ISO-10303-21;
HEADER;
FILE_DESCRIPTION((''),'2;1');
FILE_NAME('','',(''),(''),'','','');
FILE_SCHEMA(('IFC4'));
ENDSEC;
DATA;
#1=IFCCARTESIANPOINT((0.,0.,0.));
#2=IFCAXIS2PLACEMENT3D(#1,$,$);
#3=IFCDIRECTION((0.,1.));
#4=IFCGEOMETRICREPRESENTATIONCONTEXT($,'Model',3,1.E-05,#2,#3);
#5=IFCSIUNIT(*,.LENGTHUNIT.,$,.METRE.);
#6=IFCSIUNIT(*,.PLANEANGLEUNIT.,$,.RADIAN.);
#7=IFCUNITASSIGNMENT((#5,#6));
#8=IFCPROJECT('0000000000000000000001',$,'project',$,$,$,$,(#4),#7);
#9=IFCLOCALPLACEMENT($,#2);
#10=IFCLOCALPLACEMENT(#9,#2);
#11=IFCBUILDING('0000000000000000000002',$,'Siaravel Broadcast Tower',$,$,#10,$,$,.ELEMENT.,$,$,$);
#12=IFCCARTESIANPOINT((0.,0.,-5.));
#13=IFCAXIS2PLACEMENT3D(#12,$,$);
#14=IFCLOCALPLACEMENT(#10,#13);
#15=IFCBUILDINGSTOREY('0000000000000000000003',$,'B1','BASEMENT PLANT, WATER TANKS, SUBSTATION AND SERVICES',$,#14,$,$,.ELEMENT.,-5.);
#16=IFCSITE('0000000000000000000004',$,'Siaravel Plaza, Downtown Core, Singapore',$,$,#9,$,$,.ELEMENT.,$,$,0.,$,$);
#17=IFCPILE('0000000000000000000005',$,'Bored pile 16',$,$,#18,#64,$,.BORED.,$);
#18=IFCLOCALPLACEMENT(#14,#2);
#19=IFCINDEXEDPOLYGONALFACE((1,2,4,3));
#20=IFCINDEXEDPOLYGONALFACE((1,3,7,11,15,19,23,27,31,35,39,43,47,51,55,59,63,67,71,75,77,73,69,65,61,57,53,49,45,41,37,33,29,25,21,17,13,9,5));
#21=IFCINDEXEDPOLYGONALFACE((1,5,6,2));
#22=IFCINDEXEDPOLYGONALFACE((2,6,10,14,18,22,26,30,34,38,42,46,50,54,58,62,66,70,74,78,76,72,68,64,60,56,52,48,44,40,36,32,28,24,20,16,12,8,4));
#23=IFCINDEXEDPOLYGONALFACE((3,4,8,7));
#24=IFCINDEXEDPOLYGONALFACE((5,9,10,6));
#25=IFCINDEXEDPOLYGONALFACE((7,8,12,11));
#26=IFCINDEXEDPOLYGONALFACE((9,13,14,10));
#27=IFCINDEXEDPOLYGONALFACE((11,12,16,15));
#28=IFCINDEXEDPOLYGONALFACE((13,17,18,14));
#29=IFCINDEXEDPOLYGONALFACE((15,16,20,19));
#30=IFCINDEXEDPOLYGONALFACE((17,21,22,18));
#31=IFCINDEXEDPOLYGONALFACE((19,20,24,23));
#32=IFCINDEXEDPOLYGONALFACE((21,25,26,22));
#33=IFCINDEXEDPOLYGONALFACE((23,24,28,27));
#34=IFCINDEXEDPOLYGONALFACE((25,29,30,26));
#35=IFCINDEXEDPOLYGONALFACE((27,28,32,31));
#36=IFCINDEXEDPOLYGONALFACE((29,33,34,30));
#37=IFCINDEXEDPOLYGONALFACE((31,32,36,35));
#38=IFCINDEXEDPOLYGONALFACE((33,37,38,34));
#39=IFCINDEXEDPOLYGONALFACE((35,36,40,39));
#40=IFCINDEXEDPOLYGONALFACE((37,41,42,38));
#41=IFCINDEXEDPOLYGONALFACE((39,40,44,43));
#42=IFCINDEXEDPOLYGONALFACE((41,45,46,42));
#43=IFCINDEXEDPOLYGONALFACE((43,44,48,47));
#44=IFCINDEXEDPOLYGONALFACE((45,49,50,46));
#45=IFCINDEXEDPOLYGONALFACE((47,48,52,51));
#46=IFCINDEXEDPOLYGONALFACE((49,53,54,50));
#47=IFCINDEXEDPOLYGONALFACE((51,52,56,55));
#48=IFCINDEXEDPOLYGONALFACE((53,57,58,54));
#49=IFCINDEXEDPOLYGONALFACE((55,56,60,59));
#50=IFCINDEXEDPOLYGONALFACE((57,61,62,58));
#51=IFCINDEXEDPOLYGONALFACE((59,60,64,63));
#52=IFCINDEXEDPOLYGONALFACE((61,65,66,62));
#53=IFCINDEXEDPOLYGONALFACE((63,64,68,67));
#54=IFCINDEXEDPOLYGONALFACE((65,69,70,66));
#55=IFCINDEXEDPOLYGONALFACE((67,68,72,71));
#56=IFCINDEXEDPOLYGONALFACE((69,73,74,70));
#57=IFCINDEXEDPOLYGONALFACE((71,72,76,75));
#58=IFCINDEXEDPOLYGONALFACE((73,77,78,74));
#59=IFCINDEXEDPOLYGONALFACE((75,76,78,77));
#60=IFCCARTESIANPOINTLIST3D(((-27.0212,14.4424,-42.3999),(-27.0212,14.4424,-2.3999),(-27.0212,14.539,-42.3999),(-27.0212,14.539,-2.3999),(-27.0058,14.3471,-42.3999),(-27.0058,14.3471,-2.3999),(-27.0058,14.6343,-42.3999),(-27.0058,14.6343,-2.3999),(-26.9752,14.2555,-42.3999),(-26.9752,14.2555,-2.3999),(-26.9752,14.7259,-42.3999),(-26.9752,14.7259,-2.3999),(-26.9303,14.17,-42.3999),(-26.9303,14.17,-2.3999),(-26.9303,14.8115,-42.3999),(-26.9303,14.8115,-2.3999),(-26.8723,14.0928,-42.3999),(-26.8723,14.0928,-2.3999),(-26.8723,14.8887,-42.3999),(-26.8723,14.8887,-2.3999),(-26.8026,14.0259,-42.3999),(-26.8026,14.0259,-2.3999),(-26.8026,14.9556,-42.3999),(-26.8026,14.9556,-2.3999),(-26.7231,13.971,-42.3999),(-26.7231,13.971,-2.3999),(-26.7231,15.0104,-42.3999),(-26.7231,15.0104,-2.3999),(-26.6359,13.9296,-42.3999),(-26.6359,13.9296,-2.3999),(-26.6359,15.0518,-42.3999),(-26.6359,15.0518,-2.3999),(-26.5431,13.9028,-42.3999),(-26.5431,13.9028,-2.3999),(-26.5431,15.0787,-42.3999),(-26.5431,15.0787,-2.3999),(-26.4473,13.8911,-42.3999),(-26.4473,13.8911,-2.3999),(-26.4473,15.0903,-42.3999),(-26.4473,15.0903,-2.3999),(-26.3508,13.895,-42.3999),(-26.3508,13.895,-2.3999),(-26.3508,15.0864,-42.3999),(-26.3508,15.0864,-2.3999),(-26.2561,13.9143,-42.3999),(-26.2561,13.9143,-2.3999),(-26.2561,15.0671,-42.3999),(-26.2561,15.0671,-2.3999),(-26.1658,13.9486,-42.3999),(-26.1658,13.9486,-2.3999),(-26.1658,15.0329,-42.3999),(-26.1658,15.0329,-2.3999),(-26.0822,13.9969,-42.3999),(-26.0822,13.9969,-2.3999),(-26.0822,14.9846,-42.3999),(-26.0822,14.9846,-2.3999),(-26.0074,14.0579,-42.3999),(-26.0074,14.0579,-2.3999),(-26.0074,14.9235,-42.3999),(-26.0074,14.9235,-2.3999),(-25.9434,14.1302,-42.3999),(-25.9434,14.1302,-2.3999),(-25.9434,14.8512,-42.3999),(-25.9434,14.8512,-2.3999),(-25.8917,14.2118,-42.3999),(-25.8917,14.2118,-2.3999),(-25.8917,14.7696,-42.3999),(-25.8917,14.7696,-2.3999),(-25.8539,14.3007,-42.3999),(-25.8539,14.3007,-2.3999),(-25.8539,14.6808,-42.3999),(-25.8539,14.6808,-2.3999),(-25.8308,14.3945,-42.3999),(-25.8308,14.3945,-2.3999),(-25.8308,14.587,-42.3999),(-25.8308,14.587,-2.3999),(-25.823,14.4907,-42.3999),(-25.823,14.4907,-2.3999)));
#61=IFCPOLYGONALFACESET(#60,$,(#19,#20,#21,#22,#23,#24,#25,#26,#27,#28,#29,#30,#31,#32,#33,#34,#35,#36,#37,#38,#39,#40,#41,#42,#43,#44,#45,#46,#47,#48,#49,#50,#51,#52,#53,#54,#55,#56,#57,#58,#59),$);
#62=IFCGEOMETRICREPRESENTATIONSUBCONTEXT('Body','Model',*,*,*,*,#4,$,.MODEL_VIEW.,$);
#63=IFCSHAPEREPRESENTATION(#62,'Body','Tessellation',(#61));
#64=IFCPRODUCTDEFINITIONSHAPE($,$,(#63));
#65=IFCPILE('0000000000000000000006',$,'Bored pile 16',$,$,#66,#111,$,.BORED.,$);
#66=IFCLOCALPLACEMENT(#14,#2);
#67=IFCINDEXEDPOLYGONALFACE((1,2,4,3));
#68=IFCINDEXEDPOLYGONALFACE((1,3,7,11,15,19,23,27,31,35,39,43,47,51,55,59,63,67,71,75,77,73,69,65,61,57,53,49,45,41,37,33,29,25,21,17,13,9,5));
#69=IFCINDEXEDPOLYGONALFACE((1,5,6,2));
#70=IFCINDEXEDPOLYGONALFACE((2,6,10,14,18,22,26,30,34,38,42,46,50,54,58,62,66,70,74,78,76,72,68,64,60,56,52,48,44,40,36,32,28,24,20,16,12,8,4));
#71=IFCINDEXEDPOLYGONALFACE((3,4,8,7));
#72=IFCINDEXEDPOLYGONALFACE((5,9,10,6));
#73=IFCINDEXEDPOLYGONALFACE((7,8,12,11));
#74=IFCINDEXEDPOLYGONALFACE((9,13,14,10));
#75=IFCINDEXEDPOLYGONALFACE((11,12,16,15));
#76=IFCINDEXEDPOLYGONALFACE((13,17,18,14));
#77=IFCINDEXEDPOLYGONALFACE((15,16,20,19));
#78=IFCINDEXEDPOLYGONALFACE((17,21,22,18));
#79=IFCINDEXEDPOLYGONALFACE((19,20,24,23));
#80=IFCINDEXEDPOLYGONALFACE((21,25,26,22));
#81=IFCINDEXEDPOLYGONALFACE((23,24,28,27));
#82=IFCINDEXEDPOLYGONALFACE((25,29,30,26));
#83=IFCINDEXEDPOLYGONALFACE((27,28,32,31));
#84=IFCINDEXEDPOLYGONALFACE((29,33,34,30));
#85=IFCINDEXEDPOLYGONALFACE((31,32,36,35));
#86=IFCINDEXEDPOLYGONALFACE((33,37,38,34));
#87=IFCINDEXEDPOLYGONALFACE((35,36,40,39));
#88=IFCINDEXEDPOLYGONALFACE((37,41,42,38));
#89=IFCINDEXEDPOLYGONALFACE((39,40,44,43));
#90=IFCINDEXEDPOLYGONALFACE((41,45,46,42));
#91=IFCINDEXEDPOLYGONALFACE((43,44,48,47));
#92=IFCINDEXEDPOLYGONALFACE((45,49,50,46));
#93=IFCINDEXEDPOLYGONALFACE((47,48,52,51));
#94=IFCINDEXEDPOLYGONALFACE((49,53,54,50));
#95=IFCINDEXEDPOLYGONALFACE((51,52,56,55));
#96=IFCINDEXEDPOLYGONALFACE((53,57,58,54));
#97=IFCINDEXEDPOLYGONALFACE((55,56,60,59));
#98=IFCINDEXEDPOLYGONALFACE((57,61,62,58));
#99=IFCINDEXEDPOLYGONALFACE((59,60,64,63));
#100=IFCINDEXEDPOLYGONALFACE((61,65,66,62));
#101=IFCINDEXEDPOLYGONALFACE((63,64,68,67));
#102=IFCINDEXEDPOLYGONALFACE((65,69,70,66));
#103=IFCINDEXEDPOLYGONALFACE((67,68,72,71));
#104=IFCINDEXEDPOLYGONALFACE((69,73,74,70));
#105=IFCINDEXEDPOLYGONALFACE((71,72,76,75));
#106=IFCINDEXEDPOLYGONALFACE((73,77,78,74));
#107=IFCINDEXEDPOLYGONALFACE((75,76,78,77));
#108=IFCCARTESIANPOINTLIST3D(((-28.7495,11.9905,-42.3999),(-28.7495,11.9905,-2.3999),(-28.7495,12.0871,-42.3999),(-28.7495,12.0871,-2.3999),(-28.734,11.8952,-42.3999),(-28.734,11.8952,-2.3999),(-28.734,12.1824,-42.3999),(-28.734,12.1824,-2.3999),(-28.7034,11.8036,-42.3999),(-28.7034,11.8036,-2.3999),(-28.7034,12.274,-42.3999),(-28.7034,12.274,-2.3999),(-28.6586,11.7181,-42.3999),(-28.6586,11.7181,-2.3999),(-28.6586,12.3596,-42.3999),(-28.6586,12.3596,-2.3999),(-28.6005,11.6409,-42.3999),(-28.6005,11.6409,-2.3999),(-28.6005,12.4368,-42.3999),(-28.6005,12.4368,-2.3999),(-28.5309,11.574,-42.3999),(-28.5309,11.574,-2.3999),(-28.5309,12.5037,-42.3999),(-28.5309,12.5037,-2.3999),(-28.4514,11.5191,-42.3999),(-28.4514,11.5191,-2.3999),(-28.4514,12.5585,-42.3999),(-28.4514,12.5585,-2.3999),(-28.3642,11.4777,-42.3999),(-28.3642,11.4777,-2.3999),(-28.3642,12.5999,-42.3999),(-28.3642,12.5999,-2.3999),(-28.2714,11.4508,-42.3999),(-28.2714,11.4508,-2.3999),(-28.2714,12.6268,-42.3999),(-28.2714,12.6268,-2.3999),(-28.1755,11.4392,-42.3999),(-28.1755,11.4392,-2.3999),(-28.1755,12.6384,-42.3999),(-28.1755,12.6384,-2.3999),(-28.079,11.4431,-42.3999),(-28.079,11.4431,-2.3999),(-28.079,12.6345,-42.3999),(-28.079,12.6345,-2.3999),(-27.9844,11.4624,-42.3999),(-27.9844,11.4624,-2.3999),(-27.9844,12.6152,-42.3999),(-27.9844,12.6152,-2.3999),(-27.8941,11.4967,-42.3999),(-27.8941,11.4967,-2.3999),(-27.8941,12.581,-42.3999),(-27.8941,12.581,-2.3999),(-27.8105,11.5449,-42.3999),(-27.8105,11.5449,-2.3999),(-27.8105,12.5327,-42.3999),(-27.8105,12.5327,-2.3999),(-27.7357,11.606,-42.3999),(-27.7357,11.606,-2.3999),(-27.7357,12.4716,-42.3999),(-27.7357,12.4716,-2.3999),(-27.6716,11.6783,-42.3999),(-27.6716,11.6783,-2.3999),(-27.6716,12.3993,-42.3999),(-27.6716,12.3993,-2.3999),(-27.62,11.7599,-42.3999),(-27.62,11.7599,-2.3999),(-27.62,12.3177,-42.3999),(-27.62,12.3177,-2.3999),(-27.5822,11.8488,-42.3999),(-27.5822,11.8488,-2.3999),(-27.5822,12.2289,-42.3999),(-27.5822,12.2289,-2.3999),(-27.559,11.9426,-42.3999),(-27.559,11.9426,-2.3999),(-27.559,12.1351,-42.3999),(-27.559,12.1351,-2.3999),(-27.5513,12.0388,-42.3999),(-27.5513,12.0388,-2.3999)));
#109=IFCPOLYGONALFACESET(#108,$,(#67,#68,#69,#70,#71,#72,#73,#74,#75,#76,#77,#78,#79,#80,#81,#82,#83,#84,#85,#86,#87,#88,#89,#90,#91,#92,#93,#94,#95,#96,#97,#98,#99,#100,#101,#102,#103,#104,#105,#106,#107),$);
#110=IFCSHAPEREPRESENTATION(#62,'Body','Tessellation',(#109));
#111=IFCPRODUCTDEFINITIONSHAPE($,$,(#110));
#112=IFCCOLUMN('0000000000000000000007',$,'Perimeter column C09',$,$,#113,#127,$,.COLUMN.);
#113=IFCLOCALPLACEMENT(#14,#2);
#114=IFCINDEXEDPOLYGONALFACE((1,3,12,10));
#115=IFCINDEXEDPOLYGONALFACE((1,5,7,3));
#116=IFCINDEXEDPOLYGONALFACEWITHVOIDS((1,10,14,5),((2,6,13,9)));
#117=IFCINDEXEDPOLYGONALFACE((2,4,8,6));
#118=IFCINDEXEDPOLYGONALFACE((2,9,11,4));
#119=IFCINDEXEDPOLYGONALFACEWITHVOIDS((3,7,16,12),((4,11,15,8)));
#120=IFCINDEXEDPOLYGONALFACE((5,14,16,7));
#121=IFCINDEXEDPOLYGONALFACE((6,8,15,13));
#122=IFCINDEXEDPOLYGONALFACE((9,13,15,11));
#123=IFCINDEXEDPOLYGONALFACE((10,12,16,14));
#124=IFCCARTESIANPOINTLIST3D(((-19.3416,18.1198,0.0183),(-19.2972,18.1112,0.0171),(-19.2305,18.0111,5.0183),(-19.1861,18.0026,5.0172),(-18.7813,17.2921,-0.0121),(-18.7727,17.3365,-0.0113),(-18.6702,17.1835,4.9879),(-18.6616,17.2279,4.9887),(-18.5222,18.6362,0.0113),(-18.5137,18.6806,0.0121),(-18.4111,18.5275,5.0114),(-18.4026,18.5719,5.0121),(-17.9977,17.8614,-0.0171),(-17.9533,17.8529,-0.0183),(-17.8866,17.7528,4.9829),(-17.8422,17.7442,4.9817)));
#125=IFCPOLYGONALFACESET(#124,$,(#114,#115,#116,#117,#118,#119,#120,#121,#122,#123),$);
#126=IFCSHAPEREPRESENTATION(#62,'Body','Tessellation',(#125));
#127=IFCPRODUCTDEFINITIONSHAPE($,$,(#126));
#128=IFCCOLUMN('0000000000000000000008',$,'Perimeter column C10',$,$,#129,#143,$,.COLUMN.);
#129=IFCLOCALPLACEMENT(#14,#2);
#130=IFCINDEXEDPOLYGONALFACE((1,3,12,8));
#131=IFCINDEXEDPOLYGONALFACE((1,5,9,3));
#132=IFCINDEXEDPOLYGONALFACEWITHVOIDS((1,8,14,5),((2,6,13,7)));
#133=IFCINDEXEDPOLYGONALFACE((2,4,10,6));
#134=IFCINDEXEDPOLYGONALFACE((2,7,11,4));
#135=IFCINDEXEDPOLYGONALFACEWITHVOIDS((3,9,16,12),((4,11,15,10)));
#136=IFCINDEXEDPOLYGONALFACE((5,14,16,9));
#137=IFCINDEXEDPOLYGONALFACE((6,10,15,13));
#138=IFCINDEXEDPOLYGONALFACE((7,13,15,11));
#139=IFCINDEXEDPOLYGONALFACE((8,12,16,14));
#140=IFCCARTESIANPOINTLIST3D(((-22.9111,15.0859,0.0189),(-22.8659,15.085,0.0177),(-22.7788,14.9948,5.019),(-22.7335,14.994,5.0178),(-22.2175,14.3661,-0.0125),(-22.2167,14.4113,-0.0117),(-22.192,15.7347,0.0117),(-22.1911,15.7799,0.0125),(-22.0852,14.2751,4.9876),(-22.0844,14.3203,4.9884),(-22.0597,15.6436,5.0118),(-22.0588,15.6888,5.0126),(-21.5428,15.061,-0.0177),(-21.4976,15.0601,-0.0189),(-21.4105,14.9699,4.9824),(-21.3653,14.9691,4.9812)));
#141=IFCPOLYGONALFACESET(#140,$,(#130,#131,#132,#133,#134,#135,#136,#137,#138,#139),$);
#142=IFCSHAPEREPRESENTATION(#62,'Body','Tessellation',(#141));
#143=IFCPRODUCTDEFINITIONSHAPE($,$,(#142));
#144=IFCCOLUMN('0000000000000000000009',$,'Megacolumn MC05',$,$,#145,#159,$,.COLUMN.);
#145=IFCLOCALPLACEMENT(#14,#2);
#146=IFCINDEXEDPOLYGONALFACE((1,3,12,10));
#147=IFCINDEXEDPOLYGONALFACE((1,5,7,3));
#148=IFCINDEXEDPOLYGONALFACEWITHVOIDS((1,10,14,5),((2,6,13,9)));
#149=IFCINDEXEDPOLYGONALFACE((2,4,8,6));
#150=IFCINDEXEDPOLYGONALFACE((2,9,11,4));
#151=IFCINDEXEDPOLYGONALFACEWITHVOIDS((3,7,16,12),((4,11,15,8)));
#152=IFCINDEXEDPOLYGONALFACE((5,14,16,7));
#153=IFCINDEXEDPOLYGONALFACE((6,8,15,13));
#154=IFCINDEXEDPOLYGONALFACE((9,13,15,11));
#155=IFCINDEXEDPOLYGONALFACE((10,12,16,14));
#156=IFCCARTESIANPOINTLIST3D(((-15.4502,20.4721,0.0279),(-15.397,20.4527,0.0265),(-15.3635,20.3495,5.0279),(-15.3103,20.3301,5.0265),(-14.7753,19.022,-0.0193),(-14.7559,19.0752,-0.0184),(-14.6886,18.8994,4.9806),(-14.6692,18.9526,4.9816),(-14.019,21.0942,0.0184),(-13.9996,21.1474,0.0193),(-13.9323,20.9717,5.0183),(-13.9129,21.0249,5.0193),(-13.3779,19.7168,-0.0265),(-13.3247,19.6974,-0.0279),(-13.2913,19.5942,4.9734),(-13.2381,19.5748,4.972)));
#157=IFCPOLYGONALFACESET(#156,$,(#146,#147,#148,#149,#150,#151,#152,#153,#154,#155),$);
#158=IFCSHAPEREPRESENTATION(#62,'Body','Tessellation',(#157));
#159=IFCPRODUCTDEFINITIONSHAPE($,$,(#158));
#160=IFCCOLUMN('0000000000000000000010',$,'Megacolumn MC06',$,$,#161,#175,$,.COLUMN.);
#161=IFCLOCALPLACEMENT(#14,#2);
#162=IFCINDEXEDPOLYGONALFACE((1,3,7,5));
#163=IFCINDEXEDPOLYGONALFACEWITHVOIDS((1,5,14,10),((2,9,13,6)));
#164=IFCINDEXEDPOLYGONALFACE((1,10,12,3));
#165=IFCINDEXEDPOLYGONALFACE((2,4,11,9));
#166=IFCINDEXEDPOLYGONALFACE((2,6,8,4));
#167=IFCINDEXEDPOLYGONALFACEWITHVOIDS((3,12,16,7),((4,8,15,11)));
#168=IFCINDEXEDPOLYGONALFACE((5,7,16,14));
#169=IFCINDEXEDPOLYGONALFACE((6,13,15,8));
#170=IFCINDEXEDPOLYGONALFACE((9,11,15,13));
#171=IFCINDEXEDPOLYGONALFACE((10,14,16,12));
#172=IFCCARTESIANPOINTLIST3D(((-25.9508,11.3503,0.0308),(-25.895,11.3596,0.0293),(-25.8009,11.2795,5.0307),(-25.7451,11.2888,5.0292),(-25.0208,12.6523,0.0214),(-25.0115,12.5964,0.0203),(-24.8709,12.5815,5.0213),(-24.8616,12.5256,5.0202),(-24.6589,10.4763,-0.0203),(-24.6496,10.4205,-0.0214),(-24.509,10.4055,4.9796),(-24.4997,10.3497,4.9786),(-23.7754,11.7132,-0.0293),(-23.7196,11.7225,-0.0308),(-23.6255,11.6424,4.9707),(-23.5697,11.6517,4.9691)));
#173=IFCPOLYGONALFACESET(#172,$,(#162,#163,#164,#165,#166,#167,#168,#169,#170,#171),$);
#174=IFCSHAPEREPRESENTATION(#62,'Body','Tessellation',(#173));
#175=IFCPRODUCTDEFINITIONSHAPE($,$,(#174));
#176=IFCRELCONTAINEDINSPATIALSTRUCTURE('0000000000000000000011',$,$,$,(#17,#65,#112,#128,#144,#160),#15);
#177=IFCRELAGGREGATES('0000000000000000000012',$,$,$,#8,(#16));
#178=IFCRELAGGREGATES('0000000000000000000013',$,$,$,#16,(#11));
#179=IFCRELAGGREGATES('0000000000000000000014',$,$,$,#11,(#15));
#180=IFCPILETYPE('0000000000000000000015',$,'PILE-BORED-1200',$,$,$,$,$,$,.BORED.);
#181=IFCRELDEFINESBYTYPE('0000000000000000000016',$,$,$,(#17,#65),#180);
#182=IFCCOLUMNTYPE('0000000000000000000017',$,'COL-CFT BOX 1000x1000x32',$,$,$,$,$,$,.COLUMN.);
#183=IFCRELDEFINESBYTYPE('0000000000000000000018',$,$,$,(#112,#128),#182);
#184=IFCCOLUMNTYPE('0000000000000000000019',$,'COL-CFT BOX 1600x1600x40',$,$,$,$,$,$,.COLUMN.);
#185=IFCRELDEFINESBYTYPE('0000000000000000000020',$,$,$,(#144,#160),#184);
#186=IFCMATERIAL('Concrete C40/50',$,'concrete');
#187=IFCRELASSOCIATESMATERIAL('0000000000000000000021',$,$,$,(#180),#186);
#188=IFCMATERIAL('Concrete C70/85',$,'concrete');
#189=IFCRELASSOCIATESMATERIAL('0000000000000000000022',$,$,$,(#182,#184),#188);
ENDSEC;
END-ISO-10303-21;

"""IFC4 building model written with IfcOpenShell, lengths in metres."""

from ifc_helpers import new_model, si_unit, direction, frame, origin, origin_2d, place, context, subcontext, project, spatial, hollow_rectangle, circle, extrude, material, material_profile, profile_set, type_object, element, save


model = new_model("IFC4")

# Units and contexts
model_context = context("Model", 3, precision=1e-05, world=origin(), true_north=direction((0.0, 1.0)))
body_context = subcontext(model_context, "Body", "Model", "MODEL_VIEW")
ifc_project = project(units=[si_unit("LENGTHUNIT", "METRE"), si_unit("PLANEANGLEUNIT", "RADIAN")], contexts=[model_context])

# Site, building, storey
site_placement = place(None, origin())
site = spatial("IfcSite", under=ifc_project, at=site_placement, Name="Siaravel Plaza, Downtown Core, Singapore", CompositionType="ELEMENT", RefElevation=0.0)
building_placement = place(site_placement, origin())
building = spatial("IfcBuilding", under=site, at=building_placement, Name="Siaravel Broadcast Tower", CompositionType="ELEMENT")
storey_placement = place(building_placement, frame((0.0, 0.0, -5.0)))
storey = spatial("IfcBuildingStorey", under=building, at=storey_placement, Name="B1", Description="BASEMENT PLANT, WATER TANKS, SUBSTATION AND SERVICES", CompositionType="ELEMENT", Elevation=-5.0)

# Shared definitions
ifc_material_1 = material(Name="Concrete C40/50", Category="concrete")

# Piles
ifc_material_profile_1 = material_profile(ifc_material_1, circle(Radius=0.6001, at=origin_2d()))
ifc_profile_set_1 = profile_set([ifc_material_profile_1], Name="Concrete C40/50")
pile_type = type_object("IfcPileType", Name="PILE-BORED-1200", PredefinedType="BORED", material=ifc_profile_set_1)
for number, where, z_axis, x_axis, name in (
    (1, (-26.4231, 14.4907, -2.3999), (0.0, 0.0, -1.0), (1.0, 0.0, 0.0), "Bored pile 16"),
    (2, (-28.1514, 12.0388, -2.3999), (0.0, 0.0, -1.0), (1.0, 0.0, 0.0), "Bored pile 16"),
):
    element("IfcPile", number, at=place(storey_placement, frame(where, z_axis=z_axis, x_axis=x_axis)), inside=storey, type_object=pile_type, Name=name, PredefinedType="BORED", context=body_context, shape_type="SweptSolid", body=[
        extrude(circle(Radius=0.6001, at=origin_2d()), origin(), (0.0, 0.0, 1.0), 40.0),
    ])

# Columns
ifc_material_2 = material(Name="Concrete C70/85", Category="concrete")
ifc_material_profile_2 = material_profile(ifc_material_2, hollow_rectangle(XDim=1.0, YDim=1.0, WallThickness=0.032, at=origin_2d()))
ifc_profile_set_2 = profile_set([ifc_material_profile_2], Name="Concrete C70/85")
column_type_1 = type_object("IfcColumnType", Name="COL-CFT BOX 1000x1000x32", PredefinedType="COLUMN", material=ifc_profile_set_2)
column_1_placement = place(storey_placement, frame((-18.6475, 17.9863, 0.0), z_axis=(0.022206, -0.021718, 0.999517), x_axis=(0.827946, 0.560773, -0.00621)))
element("IfcColumn", 3, at=column_1_placement, inside=storey, type_object=column_type_1, Name="Perimeter column C09", PredefinedType="COLUMN", context=body_context, shape_type="SweptSolid", body=[
    extrude(hollow_rectangle(XDim=1.0, YDim=1.0, WallThickness=0.032, at=origin_2d()), origin(), (0.0, 0.0, 1.0), 5.0024),
])
column_2_placement = place(storey_placement, frame((-22.2043, 15.073, 0.0), z_axis=(0.026451, -0.018203, 0.999484), x_axis=(0.719939, 0.694008, -0.006413)))
element("IfcColumn", 4, at=column_2_placement, inside=storey, type_object=column_type_1, Name="Perimeter column C10", PredefinedType="COLUMN", context=body_context, shape_type="SweptSolid", body=[
    extrude(hollow_rectangle(XDim=1.0, YDim=1.0, WallThickness=0.032, at=origin_2d()), origin(), (0.0, 0.0, 1.0), 5.0027),
])
ifc_material_profile_3 = material_profile(ifc_material_2, hollow_rectangle(XDim=1.6001, YDim=1.6001, WallThickness=0.04, at=origin_2d()))
ifc_profile_set_3 = profile_set([ifc_material_profile_3], Name="Concrete C70/85")
column_type_2 = type_object("IfcColumnType", Name="COL-CFT BOX 1600x1600x40", PredefinedType="COLUMN", material=ifc_profile_set_3)
column_3_placement = place(storey_placement, frame((-14.3875, 20.0847, 0.0), z_axis=(0.017326, -0.024501, 0.99955), x_axis=(0.906542, 0.422081, -0.005368)))
element("IfcColumn", 5, at=column_3_placement, inside=storey, type_object=column_type_2, Name="Megacolumn MC05", PredefinedType="COLUMN", context=body_context, shape_type="SweptSolid", body=[
    extrude(hollow_rectangle(XDim=1.6001, YDim=1.6001, WallThickness=0.04, at=origin_2d()), origin(), (0.0, 0.0, 1.0), 5.0022),
])
column_4_placement = place(storey_placement, frame((-24.8352, 11.5364, 0.0), z_axis=(0.029964, -0.014152, 0.999451), x_axis=(0.581239, 0.813712, -0.005904)))
element("IfcColumn", 6, at=column_4_placement, inside=storey, type_object=column_type_2, Name="Megacolumn MC06", PredefinedType="COLUMN", context=body_context, shape_type="SweptSolid", body=[
    extrude(hollow_rectangle(XDim=1.6001, YDim=1.6001, WallThickness=0.04, at=origin_2d()), origin(), (0.0, 0.0, 1.0), 5.0027),
])

save(model, "model.ifc")
